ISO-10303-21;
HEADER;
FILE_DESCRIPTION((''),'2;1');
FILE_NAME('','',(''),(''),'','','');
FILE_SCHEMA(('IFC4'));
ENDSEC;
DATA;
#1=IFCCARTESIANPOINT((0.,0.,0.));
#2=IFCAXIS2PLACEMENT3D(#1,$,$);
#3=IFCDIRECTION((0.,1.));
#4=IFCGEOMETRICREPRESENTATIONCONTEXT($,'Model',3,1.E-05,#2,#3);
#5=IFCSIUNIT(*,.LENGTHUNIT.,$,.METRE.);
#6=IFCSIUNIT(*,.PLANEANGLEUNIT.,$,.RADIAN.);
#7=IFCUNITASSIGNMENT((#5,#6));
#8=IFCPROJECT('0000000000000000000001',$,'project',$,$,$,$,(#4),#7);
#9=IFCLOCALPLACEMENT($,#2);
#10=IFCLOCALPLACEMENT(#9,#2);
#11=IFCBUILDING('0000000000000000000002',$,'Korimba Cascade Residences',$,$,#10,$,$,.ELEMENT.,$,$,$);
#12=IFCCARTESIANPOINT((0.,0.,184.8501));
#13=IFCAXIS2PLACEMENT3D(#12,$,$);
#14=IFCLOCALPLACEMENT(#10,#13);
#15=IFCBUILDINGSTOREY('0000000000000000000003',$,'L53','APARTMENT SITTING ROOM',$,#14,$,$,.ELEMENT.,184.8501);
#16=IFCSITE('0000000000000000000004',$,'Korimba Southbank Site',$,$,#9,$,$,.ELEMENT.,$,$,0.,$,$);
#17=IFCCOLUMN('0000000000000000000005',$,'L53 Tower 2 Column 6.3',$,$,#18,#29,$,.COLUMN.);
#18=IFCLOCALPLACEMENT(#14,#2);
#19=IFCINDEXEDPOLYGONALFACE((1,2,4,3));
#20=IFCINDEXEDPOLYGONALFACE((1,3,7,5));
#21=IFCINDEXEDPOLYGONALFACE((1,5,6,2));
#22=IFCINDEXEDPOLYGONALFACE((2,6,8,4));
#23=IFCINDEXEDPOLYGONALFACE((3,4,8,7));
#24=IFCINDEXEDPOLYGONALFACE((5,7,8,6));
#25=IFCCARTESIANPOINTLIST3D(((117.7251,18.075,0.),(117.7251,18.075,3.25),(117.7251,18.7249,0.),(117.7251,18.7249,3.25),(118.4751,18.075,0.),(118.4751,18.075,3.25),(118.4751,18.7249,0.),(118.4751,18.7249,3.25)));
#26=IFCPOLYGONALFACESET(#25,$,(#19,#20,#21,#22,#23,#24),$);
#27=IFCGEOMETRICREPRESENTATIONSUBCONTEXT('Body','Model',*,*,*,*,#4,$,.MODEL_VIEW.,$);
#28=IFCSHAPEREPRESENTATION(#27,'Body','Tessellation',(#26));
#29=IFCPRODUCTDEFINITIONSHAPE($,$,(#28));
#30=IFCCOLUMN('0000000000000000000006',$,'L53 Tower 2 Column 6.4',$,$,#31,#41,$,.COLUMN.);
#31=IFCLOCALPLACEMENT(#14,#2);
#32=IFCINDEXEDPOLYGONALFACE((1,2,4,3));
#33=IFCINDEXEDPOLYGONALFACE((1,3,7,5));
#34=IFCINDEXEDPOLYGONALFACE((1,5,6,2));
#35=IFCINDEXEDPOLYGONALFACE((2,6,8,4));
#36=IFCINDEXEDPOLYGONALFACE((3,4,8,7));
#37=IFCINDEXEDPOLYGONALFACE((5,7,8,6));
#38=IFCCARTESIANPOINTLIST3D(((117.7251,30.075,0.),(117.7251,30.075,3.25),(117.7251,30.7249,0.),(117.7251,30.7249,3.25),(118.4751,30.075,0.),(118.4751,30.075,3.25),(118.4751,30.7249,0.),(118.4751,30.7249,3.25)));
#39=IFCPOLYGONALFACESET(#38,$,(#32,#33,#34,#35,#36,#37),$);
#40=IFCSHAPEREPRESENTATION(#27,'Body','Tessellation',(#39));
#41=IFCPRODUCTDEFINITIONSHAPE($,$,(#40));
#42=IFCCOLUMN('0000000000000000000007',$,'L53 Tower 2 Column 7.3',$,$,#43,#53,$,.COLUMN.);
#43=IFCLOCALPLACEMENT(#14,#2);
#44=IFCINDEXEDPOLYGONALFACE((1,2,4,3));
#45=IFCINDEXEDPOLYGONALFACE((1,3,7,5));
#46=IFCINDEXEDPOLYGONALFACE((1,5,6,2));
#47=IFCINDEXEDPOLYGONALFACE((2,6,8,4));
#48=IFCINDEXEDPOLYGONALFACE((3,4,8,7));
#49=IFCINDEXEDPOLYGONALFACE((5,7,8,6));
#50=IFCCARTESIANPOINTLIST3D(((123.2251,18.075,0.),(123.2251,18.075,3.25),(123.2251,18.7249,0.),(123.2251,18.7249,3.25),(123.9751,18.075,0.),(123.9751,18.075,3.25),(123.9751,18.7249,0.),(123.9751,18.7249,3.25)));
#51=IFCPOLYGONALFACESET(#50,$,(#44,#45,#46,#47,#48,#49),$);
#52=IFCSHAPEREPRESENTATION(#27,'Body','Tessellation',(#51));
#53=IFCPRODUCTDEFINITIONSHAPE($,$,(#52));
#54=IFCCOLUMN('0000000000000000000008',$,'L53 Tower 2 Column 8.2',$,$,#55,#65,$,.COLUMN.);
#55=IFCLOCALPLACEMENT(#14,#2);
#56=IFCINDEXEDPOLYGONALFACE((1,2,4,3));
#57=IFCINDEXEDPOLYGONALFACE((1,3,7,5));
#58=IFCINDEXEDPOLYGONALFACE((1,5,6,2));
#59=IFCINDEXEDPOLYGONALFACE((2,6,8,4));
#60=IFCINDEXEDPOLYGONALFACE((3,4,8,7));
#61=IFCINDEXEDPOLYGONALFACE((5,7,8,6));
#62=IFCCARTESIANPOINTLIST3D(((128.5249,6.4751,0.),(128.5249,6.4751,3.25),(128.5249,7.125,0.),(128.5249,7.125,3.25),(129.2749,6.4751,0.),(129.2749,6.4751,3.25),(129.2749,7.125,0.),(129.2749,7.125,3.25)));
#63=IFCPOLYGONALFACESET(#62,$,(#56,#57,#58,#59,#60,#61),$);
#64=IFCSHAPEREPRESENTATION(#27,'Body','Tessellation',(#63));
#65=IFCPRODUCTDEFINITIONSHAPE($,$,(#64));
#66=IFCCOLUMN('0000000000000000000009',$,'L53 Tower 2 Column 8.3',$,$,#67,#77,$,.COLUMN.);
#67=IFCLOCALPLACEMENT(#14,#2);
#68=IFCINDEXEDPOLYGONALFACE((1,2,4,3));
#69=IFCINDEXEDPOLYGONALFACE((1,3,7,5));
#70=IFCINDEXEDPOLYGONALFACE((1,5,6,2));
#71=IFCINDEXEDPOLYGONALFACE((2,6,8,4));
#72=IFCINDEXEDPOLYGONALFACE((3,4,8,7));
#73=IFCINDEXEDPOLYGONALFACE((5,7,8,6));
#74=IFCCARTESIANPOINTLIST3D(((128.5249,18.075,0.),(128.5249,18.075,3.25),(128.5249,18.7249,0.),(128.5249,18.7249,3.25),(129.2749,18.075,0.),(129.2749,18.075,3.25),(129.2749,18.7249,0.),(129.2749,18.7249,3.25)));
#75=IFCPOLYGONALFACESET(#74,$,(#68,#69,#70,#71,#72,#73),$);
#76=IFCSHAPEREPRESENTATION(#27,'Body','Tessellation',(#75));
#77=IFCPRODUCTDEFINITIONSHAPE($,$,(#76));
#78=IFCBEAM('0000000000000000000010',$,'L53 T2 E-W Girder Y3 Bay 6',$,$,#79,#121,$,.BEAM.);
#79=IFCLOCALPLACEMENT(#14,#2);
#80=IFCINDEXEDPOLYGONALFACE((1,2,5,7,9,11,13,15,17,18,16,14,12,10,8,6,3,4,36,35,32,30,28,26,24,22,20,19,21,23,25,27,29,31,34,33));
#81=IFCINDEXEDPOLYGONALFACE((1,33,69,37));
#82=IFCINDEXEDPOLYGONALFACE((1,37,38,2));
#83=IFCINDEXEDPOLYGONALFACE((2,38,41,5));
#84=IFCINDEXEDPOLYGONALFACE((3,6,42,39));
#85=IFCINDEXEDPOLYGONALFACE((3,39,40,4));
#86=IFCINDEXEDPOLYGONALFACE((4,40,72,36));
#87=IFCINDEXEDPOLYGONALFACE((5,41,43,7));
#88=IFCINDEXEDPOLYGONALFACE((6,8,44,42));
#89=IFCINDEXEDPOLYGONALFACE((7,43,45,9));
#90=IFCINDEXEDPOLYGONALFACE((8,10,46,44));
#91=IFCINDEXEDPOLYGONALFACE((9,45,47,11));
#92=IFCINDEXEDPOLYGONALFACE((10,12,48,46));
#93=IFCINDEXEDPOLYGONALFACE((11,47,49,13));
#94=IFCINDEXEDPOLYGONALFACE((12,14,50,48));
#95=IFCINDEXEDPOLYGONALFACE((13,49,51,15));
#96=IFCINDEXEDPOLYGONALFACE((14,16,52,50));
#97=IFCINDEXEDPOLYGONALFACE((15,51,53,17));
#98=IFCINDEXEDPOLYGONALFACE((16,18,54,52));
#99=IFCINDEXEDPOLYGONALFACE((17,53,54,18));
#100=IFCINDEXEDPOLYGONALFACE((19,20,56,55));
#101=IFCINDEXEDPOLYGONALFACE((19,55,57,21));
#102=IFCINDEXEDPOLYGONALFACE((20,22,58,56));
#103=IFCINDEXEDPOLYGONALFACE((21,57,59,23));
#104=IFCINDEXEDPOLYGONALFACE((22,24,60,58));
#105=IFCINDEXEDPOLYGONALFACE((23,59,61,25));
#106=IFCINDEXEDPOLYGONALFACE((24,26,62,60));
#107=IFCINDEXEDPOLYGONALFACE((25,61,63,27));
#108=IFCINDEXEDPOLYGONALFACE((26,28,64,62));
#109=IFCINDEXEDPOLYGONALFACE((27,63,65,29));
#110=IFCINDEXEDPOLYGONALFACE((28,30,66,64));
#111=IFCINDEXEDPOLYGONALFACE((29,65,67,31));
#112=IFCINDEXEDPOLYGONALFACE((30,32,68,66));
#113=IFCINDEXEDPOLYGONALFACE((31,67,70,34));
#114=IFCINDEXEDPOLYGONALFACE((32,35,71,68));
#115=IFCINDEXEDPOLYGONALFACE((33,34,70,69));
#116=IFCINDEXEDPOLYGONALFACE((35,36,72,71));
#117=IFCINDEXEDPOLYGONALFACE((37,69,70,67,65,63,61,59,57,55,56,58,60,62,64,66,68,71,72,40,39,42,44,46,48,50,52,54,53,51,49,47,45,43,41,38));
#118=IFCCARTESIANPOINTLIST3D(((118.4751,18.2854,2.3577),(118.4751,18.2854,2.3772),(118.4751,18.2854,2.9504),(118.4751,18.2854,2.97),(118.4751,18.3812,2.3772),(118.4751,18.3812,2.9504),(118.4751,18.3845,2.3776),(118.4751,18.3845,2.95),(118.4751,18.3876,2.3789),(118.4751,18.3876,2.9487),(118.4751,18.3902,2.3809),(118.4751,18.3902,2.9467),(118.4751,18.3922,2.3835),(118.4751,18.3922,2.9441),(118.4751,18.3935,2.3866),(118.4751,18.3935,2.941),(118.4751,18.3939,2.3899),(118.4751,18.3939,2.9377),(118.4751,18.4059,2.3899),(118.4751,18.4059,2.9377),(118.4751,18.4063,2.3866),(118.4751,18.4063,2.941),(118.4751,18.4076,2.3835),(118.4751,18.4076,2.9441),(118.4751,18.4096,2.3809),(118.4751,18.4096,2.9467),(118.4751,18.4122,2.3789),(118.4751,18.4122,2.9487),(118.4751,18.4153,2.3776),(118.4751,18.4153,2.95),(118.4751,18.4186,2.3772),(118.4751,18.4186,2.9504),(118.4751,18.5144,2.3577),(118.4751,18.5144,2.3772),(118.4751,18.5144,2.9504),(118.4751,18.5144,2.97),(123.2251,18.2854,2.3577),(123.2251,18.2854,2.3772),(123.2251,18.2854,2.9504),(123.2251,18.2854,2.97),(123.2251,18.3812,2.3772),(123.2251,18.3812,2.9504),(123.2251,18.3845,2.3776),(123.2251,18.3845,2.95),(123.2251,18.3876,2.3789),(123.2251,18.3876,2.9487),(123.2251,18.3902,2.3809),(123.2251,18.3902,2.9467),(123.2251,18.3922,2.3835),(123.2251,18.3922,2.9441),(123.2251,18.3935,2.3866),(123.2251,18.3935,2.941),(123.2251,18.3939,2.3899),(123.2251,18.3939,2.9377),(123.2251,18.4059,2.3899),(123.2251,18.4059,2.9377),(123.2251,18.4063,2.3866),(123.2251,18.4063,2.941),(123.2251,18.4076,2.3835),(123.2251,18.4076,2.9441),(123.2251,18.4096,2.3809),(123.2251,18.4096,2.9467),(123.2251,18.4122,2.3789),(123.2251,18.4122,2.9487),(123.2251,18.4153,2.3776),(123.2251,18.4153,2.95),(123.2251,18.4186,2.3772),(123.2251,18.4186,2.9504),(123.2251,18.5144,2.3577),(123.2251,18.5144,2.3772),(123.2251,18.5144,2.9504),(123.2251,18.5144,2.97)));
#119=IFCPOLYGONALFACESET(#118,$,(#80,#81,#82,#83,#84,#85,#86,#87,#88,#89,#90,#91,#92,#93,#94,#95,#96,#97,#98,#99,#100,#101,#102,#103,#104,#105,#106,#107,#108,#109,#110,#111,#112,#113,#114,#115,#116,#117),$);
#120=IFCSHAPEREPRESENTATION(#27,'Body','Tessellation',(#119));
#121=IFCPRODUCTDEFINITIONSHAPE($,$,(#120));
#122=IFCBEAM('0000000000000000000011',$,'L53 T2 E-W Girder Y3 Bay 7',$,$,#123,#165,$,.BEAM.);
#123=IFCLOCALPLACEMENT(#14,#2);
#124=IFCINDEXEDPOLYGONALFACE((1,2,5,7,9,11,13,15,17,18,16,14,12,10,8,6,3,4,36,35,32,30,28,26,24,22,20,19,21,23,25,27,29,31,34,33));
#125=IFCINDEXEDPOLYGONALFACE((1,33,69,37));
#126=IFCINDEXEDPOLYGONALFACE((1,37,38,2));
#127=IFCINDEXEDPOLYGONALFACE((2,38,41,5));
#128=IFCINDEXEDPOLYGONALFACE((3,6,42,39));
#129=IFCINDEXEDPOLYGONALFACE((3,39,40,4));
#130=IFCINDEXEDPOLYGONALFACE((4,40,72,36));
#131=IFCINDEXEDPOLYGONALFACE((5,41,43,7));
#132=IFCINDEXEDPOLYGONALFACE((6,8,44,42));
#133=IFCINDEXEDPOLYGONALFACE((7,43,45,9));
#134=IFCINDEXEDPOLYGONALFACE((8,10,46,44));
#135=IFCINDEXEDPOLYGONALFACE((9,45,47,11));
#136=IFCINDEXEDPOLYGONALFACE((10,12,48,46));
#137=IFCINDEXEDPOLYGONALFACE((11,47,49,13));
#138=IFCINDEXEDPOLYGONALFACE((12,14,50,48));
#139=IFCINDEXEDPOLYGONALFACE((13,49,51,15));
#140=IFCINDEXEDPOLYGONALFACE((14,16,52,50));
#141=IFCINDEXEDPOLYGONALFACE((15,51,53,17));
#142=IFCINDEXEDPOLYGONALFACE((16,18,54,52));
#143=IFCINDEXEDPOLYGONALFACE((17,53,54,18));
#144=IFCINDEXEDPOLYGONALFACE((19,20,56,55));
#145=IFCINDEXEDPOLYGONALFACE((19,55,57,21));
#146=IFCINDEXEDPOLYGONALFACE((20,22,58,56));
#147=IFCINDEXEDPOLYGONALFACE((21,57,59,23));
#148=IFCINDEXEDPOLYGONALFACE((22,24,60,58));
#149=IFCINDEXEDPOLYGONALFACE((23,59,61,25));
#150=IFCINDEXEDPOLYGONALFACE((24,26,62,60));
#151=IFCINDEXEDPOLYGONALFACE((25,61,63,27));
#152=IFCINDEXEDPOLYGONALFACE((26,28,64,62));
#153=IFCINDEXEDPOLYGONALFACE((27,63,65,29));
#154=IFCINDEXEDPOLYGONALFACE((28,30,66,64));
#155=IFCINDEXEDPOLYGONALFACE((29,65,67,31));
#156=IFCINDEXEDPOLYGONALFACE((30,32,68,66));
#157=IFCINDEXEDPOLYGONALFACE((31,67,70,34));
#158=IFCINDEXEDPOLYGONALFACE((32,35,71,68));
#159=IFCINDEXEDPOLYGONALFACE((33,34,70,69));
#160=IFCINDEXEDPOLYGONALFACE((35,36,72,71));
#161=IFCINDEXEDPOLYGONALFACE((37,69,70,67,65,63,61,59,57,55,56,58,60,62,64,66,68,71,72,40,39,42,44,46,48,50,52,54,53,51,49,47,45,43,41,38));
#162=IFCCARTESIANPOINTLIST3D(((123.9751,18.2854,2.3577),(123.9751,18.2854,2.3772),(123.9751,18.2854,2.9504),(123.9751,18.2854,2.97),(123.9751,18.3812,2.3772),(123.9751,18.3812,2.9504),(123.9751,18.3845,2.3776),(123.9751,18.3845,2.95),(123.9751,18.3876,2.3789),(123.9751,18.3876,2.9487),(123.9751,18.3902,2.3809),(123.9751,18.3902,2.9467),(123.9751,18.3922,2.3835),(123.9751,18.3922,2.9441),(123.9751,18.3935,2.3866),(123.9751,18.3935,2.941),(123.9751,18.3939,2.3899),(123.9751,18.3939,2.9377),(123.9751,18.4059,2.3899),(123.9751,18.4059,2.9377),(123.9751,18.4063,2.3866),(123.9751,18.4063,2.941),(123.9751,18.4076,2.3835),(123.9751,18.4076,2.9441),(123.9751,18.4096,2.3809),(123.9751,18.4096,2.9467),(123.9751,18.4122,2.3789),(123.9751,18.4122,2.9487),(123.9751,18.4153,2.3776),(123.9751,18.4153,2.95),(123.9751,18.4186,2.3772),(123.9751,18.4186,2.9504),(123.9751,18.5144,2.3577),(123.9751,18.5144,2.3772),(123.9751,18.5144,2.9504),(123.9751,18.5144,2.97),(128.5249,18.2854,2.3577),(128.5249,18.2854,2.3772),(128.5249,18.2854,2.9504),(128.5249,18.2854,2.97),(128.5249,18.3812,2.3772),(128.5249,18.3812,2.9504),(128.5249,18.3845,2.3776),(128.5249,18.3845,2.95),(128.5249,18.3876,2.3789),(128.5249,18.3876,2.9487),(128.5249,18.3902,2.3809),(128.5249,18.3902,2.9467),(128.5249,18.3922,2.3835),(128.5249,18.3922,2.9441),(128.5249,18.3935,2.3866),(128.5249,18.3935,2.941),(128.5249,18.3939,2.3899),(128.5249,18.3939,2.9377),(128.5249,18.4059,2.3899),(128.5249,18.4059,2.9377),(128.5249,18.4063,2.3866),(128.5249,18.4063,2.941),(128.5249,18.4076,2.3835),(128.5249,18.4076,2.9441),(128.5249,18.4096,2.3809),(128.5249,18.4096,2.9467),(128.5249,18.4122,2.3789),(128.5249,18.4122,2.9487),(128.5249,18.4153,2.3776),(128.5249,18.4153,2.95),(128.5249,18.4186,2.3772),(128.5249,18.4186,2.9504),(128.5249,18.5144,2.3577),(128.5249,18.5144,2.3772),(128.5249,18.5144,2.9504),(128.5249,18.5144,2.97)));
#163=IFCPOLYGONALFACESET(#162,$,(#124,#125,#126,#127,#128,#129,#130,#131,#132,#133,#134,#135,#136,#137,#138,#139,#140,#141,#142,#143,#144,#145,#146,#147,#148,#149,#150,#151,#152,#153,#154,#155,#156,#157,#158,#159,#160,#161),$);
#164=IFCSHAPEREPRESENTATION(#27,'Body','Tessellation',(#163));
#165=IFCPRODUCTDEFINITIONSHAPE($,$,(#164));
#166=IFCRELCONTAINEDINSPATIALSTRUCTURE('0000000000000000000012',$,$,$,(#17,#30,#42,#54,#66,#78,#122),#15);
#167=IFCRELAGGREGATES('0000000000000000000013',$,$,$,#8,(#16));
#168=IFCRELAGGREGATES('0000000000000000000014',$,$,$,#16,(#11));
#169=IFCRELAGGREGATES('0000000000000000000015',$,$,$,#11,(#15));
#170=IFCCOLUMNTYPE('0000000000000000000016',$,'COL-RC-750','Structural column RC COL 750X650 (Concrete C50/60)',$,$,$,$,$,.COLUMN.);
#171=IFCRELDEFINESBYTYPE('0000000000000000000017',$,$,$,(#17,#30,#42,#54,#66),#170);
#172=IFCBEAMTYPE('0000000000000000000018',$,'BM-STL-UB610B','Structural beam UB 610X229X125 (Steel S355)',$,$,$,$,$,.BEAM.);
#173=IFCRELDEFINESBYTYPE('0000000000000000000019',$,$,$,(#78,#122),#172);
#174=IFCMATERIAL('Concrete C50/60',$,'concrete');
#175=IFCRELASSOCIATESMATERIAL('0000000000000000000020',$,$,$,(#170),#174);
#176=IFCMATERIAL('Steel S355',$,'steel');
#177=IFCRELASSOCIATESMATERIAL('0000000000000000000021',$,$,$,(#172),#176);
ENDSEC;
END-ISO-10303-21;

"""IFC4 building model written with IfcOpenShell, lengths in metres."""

from ifc_helpers import new_model, si_unit, direction, frame, origin, origin_2d, place, context, subcontext, project, spatial, rectangle, i_section, extrude, material, material_profile, profile_set, type_object, element, save


model = new_model("IFC4")

# Units and contexts
model_context = context("Model", 3, precision=1e-05, world=origin(), true_north=direction((0.0, 1.0)))
body_context = subcontext(model_context, "Body", "Model", "MODEL_VIEW")
ifc_project = project(units=[si_unit("LENGTHUNIT", "METRE"), si_unit("PLANEANGLEUNIT", "RADIAN")], contexts=[model_context])

# Site, building, storey
site_placement = place(None, origin())
site = spatial("IfcSite", under=ifc_project, at=site_placement, Name="Korimba Southbank Site", CompositionType="ELEMENT", RefElevation=0.0)
building_placement = place(site_placement, origin())
building = spatial("IfcBuilding", under=site, at=building_placement, Name="Korimba Cascade Residences", CompositionType="ELEMENT")
storey_placement = place(building_placement, frame((0.0, 0.0, 184.8501)))
storey = spatial("IfcBuildingStorey", under=building, at=storey_placement, Name="L53", Description="APARTMENT SITTING ROOM", CompositionType="ELEMENT", Elevation=184.8501)

# Columns
ifc_material_1 = material(Name="Concrete C50/60", Category="concrete")
ifc_material_profile_1 = material_profile(ifc_material_1, rectangle(XDim=0.75, YDim=0.6499, at=origin_2d()), Name="Concrete C50/60")
ifc_profile_set_1 = profile_set([ifc_material_profile_1], Name="Concrete C50/60")
column_type = type_object("IfcColumnType", Name="COL-RC-750", Description="Structural column RC COL 750X650 (Concrete C50/60)", PredefinedType="COLUMN", material=ifc_profile_set_1)
for number, where, z_axis, x_axis, name in (
    (1, (118.1001, 18.3999, 0.0), (0.0, 0.0, 1.0), (1.0, 0.0, 0.0), "L53 Tower 2 Column 6.3"),
    (2, (118.1001, 30.3999, 0.0), (0.0, 0.0, 1.0), (1.0, 0.0, 0.0), "L53 Tower 2 Column 6.4"),
    (3, (123.6001, 18.3999, 0.0), (0.0, 0.0, 1.0), (1.0, 0.0, 0.0), "L53 Tower 2 Column 7.3"),
    (4, (128.8999, 6.8, 0.0), (0.0, 0.0, 1.0), (1.0, 0.0, 0.0), "L53 Tower 2 Column 8.2"),
    (5, (128.8999, 18.3999, 0.0), (0.0, 0.0, 1.0), (1.0, 0.0, 0.0), "L53 Tower 2 Column 8.3"),
):
    element("IfcColumn", number, at=place(storey_placement, frame(where, z_axis=z_axis, x_axis=x_axis)), inside=storey, type_object=column_type, Name=name, PredefinedType="COLUMN", context=body_context, shape_type="SweptSolid", body=[
        extrude(rectangle(XDim=0.75, YDim=0.6499, at=origin_2d()), origin(), (0.0, 0.0, 1.0), 3.25),
    ])

# Beams
ifc_material_2 = material(Name="Steel S355", Category="steel")
ifc_material_profile_2 = material_profile(ifc_material_2, i_section(OverallWidth=0.229, OverallDepth=0.6123, WebThickness=0.012, FlangeThickness=0.0195, FilletRadius=0.0127, at=origin_2d()), Name="Steel S355")
ifc_profile_set_2 = profile_set([ifc_material_profile_2], Name="Steel S355")
beam_type_1 = type_object("IfcBeamType", Name="BM-STL-UB610B", Description="Structural beam UB 610X229X125 (Steel S355)", PredefinedType="BEAM", material=ifc_profile_set_2)
beam_1_placement = place(storey_placement, frame((118.4751, 18.3999, 2.6638), z_axis=(1.0, 0.0, 0.0), x_axis=(0.0, 1.0, 0.0)))
element("IfcBeam", 6, at=beam_1_placement, inside=storey, type_object=beam_type_1, Name="L53 T2 E-W Girder Y3 Bay 6", PredefinedType="BEAM", context=body_context, shape_type="SweptSolid", body=[
    extrude(i_section(OverallWidth=0.229, OverallDepth=0.6123, WebThickness=0.012, FlangeThickness=0.0195, FilletRadius=0.0127, at=origin_2d()), origin(), (0.0, 0.0, 1.0), 4.75),
])
beam_2_placement = place(storey_placement, frame((123.9751, 18.3999, 2.6638), z_axis=(1.0, 0.0, 0.0), x_axis=(0.0, 1.0, 0.0)))
element("IfcBeam", 7, at=beam_2_placement, inside=storey, type_object=beam_type_1, Name="L53 T2 E-W Girder Y3 Bay 7", PredefinedType="BEAM", context=body_context, shape_type="SweptSolid", body=[
    extrude(i_section(OverallWidth=0.229, OverallDepth=0.6123, WebThickness=0.012, FlangeThickness=0.0195, FilletRadius=0.0127, at=origin_2d()), origin(), (0.0, 0.0, 1.0), 4.5498),
])

save(model, "model.ifc")
